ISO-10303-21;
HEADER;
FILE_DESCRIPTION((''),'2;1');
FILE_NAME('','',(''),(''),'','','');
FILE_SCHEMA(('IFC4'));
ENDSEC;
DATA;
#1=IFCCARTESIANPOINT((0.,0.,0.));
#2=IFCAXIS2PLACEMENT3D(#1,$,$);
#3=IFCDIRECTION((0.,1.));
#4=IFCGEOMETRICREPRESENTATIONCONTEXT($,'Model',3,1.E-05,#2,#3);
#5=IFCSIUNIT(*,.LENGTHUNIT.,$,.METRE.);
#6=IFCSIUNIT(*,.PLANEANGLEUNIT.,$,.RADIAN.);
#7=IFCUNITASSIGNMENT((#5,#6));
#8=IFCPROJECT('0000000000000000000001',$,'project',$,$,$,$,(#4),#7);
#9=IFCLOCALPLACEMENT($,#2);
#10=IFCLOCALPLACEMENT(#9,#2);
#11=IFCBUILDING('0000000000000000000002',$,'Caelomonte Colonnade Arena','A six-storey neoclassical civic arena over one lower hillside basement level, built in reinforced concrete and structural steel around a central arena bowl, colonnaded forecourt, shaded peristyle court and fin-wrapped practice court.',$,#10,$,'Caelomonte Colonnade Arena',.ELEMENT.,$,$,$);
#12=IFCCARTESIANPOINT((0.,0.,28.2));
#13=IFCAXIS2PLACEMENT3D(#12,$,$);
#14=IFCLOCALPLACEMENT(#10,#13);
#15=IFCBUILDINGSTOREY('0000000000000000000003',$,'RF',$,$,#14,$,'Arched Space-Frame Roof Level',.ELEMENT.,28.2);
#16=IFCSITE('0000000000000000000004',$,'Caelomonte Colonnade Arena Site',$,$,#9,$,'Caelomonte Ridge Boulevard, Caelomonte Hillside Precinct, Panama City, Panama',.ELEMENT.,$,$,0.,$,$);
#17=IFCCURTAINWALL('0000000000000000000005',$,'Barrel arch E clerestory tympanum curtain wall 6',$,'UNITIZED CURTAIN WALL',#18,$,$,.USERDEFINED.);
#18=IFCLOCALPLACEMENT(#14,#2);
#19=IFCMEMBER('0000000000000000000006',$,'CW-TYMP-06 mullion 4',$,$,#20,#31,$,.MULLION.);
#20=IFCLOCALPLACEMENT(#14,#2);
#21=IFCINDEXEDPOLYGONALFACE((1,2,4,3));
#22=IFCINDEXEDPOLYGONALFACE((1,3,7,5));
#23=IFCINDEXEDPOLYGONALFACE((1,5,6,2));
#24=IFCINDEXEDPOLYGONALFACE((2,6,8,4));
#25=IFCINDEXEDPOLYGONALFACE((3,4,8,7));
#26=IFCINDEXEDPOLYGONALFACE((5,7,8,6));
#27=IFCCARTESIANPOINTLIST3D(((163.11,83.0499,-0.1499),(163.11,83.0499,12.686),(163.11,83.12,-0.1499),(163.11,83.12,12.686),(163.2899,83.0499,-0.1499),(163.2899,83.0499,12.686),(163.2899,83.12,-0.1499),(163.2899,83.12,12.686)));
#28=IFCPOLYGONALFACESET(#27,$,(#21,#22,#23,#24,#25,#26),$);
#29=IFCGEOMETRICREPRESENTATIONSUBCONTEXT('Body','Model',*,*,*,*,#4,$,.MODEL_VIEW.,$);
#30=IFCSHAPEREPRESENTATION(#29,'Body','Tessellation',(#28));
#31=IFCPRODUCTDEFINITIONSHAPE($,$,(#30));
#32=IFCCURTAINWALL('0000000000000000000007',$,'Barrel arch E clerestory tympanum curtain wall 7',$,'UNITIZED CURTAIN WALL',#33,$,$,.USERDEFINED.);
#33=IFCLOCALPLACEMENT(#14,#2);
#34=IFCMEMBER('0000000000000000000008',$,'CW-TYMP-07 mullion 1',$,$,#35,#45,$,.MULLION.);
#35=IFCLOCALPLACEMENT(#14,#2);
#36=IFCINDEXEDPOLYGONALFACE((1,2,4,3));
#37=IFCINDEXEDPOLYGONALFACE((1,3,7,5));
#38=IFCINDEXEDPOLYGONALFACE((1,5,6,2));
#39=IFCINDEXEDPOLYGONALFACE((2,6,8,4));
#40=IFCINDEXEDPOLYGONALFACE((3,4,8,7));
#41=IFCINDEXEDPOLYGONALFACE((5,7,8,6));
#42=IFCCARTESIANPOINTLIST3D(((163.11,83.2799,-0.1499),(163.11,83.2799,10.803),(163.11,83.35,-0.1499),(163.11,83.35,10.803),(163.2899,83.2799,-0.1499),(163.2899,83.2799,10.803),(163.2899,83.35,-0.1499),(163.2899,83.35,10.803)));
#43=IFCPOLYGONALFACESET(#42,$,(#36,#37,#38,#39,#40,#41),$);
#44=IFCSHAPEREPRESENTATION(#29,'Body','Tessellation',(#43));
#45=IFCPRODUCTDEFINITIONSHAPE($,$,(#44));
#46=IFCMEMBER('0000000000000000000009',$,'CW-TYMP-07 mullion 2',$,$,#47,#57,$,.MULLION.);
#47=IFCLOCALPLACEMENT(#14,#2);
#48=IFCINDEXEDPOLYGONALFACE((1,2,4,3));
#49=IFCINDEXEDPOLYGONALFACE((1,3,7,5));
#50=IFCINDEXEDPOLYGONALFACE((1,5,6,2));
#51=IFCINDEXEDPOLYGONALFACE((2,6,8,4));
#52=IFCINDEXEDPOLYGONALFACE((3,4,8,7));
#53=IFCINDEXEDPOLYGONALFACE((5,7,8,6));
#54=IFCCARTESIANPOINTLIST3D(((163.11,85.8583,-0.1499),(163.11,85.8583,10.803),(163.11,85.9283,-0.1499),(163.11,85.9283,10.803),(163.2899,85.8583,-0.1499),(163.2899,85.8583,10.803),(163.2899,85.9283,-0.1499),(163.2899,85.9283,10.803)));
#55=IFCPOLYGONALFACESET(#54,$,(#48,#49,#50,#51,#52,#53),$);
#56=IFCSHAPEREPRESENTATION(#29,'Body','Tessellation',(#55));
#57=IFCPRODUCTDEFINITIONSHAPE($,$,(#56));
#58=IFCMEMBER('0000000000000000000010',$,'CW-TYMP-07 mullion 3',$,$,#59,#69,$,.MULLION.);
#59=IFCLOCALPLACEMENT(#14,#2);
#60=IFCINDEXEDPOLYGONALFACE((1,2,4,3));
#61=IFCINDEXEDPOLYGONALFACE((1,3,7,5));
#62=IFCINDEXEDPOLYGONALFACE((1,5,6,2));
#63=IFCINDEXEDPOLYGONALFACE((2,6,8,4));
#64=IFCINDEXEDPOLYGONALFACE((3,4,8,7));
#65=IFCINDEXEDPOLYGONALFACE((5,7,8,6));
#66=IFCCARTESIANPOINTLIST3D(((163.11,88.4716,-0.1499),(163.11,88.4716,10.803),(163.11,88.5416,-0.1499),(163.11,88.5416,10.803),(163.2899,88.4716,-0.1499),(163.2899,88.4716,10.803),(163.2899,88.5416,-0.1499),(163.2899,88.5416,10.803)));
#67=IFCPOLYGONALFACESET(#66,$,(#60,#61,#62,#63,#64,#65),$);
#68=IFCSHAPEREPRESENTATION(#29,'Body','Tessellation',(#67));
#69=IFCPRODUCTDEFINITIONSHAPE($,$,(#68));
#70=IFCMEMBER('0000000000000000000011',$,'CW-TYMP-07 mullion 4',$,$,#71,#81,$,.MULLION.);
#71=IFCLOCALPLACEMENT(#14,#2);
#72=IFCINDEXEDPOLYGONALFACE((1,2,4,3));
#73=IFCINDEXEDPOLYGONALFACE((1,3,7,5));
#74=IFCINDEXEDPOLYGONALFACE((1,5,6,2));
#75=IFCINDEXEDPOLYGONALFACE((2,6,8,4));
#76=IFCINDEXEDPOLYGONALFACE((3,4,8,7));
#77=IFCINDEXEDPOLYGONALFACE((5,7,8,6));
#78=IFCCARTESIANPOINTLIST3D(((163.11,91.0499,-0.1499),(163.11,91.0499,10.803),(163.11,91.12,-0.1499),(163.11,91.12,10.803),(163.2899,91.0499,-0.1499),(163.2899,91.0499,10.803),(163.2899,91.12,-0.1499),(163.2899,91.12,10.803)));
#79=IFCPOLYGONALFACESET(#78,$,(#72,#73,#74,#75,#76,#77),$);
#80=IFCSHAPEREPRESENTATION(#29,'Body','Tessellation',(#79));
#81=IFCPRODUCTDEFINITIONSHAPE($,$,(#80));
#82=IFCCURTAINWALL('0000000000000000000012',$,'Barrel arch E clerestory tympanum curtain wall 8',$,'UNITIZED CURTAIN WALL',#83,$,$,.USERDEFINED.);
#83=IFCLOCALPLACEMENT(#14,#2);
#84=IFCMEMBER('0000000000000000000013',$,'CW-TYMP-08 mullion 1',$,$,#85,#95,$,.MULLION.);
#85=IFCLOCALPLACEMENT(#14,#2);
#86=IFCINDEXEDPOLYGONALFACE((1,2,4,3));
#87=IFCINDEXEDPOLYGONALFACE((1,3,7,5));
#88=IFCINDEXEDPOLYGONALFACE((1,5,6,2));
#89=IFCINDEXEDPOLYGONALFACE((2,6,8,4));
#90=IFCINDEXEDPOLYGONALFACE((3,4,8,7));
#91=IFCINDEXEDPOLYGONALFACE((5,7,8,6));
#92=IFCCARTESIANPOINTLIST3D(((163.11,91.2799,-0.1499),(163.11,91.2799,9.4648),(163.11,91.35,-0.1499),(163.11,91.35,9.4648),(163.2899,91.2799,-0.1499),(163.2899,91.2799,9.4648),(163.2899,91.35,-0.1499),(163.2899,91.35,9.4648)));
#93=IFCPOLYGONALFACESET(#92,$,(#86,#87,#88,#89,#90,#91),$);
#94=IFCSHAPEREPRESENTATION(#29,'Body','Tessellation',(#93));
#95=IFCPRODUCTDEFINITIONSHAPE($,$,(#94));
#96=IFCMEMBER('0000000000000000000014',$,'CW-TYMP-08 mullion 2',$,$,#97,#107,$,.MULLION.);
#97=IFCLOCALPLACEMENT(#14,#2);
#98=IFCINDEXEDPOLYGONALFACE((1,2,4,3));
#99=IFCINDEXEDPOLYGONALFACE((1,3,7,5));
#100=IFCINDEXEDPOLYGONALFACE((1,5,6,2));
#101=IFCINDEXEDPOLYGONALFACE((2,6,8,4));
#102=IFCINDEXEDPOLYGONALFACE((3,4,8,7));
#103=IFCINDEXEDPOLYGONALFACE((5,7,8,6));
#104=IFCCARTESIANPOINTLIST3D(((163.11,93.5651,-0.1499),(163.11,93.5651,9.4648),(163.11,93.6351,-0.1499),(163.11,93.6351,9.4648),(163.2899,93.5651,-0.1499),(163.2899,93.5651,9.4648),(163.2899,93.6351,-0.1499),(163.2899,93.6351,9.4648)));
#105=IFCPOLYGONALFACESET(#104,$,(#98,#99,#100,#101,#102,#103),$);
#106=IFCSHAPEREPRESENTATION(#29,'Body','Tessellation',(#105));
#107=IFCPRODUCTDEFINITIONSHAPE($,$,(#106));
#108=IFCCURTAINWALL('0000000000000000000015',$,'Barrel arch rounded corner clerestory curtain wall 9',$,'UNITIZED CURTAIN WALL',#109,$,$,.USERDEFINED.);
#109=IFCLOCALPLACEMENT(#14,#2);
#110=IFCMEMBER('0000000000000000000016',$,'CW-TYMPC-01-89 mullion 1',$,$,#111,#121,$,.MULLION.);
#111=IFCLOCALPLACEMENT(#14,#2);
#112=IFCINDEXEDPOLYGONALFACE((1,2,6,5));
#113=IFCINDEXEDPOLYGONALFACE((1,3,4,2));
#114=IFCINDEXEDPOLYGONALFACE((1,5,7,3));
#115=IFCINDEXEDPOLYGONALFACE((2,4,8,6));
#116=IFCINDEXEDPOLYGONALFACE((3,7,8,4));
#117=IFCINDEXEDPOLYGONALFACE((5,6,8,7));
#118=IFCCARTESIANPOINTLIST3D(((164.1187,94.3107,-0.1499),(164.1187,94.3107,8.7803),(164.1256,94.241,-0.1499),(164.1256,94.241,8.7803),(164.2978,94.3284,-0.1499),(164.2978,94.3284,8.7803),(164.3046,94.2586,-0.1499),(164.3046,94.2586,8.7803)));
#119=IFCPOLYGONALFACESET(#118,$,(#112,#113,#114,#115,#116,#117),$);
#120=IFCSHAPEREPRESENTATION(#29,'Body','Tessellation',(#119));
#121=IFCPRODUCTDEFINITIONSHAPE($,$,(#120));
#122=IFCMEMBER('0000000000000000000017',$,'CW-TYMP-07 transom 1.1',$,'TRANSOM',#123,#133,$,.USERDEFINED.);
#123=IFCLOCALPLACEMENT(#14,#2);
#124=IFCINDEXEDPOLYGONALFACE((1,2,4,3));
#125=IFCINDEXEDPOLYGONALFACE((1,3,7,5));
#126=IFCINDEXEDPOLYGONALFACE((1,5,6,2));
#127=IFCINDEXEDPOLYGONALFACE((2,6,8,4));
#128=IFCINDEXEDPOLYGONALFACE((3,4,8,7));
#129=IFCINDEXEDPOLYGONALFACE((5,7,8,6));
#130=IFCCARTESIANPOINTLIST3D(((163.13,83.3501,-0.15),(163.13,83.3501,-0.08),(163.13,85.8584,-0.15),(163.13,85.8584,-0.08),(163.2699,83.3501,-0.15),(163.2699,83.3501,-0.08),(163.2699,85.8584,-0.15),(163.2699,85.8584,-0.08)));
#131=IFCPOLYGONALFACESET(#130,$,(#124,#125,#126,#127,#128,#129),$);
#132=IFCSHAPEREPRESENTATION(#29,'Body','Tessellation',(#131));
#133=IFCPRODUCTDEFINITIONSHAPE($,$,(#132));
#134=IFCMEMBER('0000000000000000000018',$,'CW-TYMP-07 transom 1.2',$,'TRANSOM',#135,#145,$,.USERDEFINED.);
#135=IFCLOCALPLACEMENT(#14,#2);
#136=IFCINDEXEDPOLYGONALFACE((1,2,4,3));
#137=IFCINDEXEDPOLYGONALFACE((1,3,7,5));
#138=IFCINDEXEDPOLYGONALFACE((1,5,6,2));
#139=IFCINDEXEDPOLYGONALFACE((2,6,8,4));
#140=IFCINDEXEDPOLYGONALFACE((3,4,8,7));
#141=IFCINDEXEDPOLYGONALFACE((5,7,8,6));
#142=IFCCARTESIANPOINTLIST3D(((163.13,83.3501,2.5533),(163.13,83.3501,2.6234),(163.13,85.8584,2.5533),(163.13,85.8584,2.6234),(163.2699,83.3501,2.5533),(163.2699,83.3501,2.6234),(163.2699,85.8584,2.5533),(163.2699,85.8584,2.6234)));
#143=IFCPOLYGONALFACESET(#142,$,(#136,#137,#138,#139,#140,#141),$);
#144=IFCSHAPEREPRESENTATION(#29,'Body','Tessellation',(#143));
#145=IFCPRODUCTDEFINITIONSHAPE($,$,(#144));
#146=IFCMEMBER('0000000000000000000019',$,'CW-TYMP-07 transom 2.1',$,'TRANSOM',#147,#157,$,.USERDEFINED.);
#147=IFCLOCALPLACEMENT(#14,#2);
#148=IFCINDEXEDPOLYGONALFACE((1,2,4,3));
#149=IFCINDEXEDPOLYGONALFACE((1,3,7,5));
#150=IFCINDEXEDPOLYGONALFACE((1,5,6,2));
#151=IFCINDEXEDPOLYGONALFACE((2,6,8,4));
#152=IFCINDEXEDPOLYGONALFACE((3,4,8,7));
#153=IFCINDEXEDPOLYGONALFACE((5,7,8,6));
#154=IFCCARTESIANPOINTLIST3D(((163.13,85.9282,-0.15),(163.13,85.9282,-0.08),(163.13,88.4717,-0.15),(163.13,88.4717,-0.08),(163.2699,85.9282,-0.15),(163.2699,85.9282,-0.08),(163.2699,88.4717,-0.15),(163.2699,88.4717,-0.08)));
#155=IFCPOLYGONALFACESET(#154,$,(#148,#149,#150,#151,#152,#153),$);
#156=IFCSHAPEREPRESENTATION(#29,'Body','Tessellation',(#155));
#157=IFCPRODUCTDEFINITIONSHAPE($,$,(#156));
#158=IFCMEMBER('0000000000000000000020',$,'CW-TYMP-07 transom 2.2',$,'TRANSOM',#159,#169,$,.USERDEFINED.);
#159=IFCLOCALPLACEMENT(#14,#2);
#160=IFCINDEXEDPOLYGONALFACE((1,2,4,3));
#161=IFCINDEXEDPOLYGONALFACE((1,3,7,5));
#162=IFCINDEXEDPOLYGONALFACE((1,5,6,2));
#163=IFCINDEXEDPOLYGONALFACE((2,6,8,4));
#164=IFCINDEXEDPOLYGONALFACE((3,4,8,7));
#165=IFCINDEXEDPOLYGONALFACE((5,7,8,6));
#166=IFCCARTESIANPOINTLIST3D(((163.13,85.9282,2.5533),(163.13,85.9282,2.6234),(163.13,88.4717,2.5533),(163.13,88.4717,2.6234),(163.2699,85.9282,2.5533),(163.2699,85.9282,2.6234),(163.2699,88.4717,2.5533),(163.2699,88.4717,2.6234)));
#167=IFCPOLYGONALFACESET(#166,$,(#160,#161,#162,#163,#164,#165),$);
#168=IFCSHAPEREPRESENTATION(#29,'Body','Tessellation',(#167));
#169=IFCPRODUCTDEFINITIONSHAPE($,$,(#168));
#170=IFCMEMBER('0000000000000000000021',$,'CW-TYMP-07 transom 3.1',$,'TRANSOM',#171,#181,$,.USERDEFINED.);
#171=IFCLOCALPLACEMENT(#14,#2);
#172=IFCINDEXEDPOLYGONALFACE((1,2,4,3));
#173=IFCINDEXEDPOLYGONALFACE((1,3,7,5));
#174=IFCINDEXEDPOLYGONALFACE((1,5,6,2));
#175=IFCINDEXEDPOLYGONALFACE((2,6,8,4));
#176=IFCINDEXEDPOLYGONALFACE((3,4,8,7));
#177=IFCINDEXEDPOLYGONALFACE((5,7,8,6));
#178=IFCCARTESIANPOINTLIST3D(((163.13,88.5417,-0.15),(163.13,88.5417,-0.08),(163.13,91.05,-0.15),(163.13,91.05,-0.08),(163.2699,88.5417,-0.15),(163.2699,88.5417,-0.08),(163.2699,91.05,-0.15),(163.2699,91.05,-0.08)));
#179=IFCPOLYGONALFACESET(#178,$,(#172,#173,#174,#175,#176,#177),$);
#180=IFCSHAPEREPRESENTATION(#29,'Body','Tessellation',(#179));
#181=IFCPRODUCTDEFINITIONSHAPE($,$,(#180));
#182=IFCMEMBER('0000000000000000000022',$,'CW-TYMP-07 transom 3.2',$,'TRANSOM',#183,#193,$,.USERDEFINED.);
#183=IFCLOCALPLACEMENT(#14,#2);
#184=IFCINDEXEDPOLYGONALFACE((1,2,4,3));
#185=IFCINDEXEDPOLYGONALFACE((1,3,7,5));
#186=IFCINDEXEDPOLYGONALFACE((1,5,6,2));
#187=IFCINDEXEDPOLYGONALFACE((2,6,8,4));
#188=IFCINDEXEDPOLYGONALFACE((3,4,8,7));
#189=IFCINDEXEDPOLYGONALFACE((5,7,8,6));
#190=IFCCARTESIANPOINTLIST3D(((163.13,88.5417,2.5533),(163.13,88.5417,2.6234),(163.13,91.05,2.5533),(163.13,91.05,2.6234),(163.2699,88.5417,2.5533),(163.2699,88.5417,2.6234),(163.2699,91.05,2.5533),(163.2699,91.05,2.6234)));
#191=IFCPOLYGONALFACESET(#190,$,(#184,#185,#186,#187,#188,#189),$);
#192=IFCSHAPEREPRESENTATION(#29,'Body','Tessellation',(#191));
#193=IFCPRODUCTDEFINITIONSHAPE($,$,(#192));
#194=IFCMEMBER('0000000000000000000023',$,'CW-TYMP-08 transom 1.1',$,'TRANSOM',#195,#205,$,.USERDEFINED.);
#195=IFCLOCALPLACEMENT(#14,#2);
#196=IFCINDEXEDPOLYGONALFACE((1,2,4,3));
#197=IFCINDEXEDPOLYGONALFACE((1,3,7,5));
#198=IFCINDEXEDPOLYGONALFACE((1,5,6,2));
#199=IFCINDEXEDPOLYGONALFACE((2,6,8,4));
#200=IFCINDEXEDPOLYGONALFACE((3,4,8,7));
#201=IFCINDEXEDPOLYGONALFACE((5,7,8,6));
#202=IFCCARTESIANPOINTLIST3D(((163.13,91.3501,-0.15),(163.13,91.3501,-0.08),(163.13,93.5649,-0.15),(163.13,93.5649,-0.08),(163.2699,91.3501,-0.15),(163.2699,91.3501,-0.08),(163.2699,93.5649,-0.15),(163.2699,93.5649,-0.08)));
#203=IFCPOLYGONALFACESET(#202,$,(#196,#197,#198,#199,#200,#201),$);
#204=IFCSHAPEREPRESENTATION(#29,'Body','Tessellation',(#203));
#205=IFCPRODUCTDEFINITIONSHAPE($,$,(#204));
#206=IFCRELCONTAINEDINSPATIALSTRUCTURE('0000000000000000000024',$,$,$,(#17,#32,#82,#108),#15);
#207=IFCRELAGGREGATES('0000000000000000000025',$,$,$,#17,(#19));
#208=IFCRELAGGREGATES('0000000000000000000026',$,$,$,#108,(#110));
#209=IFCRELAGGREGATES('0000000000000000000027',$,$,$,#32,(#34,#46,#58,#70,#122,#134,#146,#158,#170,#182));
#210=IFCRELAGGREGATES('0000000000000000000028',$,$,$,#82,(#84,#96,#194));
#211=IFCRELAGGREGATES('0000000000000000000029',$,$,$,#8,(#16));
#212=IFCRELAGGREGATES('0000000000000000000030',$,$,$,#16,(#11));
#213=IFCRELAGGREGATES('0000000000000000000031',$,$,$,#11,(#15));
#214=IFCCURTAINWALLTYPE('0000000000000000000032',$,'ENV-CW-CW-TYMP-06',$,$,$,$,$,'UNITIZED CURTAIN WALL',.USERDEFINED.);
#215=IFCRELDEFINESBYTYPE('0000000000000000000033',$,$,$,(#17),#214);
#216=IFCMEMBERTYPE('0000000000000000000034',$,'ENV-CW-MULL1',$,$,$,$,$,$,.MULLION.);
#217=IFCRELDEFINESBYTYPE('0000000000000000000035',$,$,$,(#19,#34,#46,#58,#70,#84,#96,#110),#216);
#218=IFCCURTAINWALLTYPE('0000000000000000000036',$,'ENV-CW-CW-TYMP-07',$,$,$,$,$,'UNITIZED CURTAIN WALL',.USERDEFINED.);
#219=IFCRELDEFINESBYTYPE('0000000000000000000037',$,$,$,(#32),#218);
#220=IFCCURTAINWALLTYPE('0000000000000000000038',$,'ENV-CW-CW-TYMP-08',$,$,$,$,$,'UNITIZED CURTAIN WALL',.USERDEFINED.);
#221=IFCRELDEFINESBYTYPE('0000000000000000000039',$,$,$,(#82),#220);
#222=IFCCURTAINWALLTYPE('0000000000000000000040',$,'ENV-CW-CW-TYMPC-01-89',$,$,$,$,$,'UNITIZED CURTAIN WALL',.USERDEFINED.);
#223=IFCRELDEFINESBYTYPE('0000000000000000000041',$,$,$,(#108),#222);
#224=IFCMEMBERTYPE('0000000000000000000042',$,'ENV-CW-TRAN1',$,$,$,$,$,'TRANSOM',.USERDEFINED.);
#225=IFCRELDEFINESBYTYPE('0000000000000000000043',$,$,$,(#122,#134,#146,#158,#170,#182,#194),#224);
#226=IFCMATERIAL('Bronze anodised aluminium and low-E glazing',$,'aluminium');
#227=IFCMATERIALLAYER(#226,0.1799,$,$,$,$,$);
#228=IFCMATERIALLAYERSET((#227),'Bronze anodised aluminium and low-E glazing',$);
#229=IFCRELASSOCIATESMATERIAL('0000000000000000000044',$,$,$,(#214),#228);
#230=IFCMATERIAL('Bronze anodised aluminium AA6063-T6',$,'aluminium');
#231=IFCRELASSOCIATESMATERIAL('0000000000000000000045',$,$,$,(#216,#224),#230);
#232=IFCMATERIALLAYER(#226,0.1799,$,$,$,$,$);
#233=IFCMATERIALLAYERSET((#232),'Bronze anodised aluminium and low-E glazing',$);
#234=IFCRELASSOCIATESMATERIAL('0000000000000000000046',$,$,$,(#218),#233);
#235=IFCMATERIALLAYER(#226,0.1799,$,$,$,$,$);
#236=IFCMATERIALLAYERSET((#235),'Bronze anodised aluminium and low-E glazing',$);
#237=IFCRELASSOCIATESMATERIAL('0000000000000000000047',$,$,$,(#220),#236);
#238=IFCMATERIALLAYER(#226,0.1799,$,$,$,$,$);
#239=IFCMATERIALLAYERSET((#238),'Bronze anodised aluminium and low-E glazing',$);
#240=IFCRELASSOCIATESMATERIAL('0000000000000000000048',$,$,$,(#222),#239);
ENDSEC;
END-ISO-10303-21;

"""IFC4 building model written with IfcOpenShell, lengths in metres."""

from ifc_helpers import new_model, si_unit, direction, frame, origin, origin_2d, place, context, subcontext, project, spatial, rectangle, extrude, material, layer, layer_set, material_profile, profile_set, type_object, element, aggregate, save


model = new_model("IFC4")

# Units and contexts
model_context = context("Model", 3, precision=1e-05, world=origin(), true_north=direction((0.0, 1.0)))
body_context = subcontext(model_context, "Body", "Model", "MODEL_VIEW")
ifc_project = project(units=[si_unit("LENGTHUNIT", "METRE"), si_unit("PLANEANGLEUNIT", "RADIAN")], contexts=[model_context])

# Site, building, storey
site_placement = place(None, origin())
site = spatial("IfcSite", under=ifc_project, at=site_placement, Name="Caelomonte Colonnade Arena Site", LongName="Caelomonte Ridge Boulevard, Caelomonte Hillside Precinct, Panama City, Panama", CompositionType="ELEMENT", RefElevation=0.0)
building_placement = place(site_placement, origin())
building = spatial("IfcBuilding", under=site, at=building_placement, Name="Caelomonte Colonnade Arena", Description="A six-storey neoclassical civic arena over one lower hillside basement level, built in reinforced concrete and structural steel around a central arena bowl, colonnaded forecourt, shaded peristyle court and fin-wrapped practice court.", LongName="Caelomonte Colonnade Arena", CompositionType="ELEMENT")
storey_placement = place(building_placement, frame((0.0, 0.0, 28.2)))
storey = spatial("IfcBuildingStorey", under=building, at=storey_placement, Name="RF", LongName="Arched Space-Frame Roof Level", CompositionType="ELEMENT", Elevation=28.2)

# Curtain wall, member
ifc_material_1 = material(Name="Bronze anodised aluminium and low-E glazing", Category="aluminium")
ifc_layer_1 = layer(ifc_material_1, 0.1799)
ifc_layer_set_1 = layer_set([ifc_layer_1], Name="Bronze anodised aluminium and low-E glazing")
curtain_wall_type_1 = type_object("IfcCurtainWallType", Name="ENV-CW-CW-TYMP-06", ElementType="UNITIZED CURTAIN WALL", PredefinedType="USERDEFINED", material=ifc_layer_set_1)
curtain_wall_1_placement = place(storey_placement, origin())
curtain_wall_1 = element("IfcCurtainWall", 1, at=curtain_wall_1_placement, inside=storey, type_object=curtain_wall_type_1, Name="Barrel arch E clerestory tympanum curtain wall 6", ObjectType="UNITIZED CURTAIN WALL", PredefinedType="USERDEFINED")
ifc_material_2 = material(Name="Bronze anodised aluminium AA6063-T6", Category="aluminium")
ifc_material_profile_1 = material_profile(ifc_material_2, rectangle(XDim=0.0701, YDim=0.1799, at=origin_2d()), Name="CWM-70X180")
ifc_profile_set_1 = profile_set([ifc_material_profile_1], Name="Bronze anodised aluminium AA6063-T6")
member_type_1 = type_object("IfcMemberType", Name="ENV-CW-MULL1", PredefinedType="MULLION", material=ifc_profile_set_1)
member_1_placement = place(storey_placement, frame((163.2, 83.085, -0.1499), z_axis=(0.0, 0.0, 1.0), x_axis=(0.0, 1.0, 0.0)))
member_1 = element("IfcMember", 2, at=member_1_placement, type_object=member_type_1, Name="CW-TYMP-06 mullion 4", PredefinedType="MULLION", context=body_context, shape_type="SweptSolid", body=[
    extrude(rectangle(XDim=0.0701, YDim=0.1799, at=origin_2d()), origin(), (0.0, 0.0, 1.0), 12.8359),
])
aggregate(curtain_wall_1, [member_1])

# Curtain walls, members
ifc_layer_2 = layer(ifc_material_1, 0.1799)
ifc_layer_set_2 = layer_set([ifc_layer_2], Name="Bronze anodised aluminium and low-E glazing")
curtain_wall_type_2 = type_object("IfcCurtainWallType", Name="ENV-CW-CW-TYMP-07", ElementType="UNITIZED CURTAIN WALL", PredefinedType="USERDEFINED", material=ifc_layer_set_2)
curtain_wall_2_placement = place(storey_placement, origin())
curtain_wall_2 = element("IfcCurtainWall", 3, at=curtain_wall_2_placement, inside=storey, type_object=curtain_wall_type_2, Name="Barrel arch E clerestory tympanum curtain wall 7", ObjectType="UNITIZED CURTAIN WALL", PredefinedType="USERDEFINED")
member_2_placement = place(storey_placement, frame((163.2, 83.3149, -0.1499), z_axis=(0.0, 0.0, 1.0), x_axis=(0.0, 1.0, 0.0)))
member_2 = element("IfcMember", 4, at=member_2_placement, type_object=member_type_1, Name="CW-TYMP-07 mullion 1", PredefinedType="MULLION", context=body_context, shape_type="SweptSolid", body=[
    extrude(rectangle(XDim=0.0701, YDim=0.1799, at=origin_2d()), origin(), (0.0, 0.0, 1.0), 10.9529),
])
member_3_placement = place(storey_placement, frame((163.2, 85.8933, -0.1499), z_axis=(0.0, 0.0, 1.0), x_axis=(0.0, 1.0, 0.0)))
member_3 = element("IfcMember", 5, at=member_3_placement, type_object=member_type_1, Name="CW-TYMP-07 mullion 2", PredefinedType="MULLION", context=body_context, shape_type="SweptSolid", body=[
    extrude(rectangle(XDim=0.0701, YDim=0.1799, at=origin_2d()), origin(), (0.0, 0.0, 1.0), 10.9529),
])
member_4_placement = place(storey_placement, frame((163.2, 88.5066, -0.1499), z_axis=(0.0, 0.0, 1.0), x_axis=(0.0, 1.0, 0.0)))
member_4 = element("IfcMember", 6, at=member_4_placement, type_object=member_type_1, Name="CW-TYMP-07 mullion 3", PredefinedType="MULLION", context=body_context, shape_type="SweptSolid", body=[
    extrude(rectangle(XDim=0.0701, YDim=0.1799, at=origin_2d()), origin(), (0.0, 0.0, 1.0), 10.9529),
])
member_5_placement = place(storey_placement, frame((163.2, 91.085, -0.1499), z_axis=(0.0, 0.0, 1.0), x_axis=(0.0, 1.0, 0.0)))
member_5 = element("IfcMember", 7, at=member_5_placement, type_object=member_type_1, Name="CW-TYMP-07 mullion 4", PredefinedType="MULLION", context=body_context, shape_type="SweptSolid", body=[
    extrude(rectangle(XDim=0.0701, YDim=0.1799, at=origin_2d()), origin(), (0.0, 0.0, 1.0), 10.9529),
])
ifc_layer_3 = layer(ifc_material_1, 0.1799)
ifc_layer_set_3 = layer_set([ifc_layer_3], Name="Bronze anodised aluminium and low-E glazing")
curtain_wall_type_3 = type_object("IfcCurtainWallType", Name="ENV-CW-CW-TYMP-08", ElementType="UNITIZED CURTAIN WALL", PredefinedType="USERDEFINED", material=ifc_layer_set_3)
curtain_wall_3_placement = place(storey_placement, origin())
curtain_wall_3 = element("IfcCurtainWall", 8, at=curtain_wall_3_placement, inside=storey, type_object=curtain_wall_type_3, Name="Barrel arch E clerestory tympanum curtain wall 8", ObjectType="UNITIZED CURTAIN WALL", PredefinedType="USERDEFINED")
member_6_placement = place(storey_placement, frame((163.2, 91.3149, -0.1499), z_axis=(0.0, 0.0, 1.0), x_axis=(0.0, 1.0, 0.0)))
member_6 = element("IfcMember", 9, at=member_6_placement, type_object=member_type_1, Name="CW-TYMP-08 mullion 1", PredefinedType="MULLION", context=body_context, shape_type="SweptSolid", body=[
    extrude(rectangle(XDim=0.0701, YDim=0.1799, at=origin_2d()), origin(), (0.0, 0.0, 1.0), 9.6147),
])
member_7_placement = place(storey_placement, frame((163.2, 93.6001, -0.1499), z_axis=(0.0, 0.0, 1.0), x_axis=(0.0, 1.0, 0.0)))
member_7 = element("IfcMember", 10, at=member_7_placement, type_object=member_type_1, Name="CW-TYMP-08 mullion 2", PredefinedType="MULLION", context=body_context, shape_type="SweptSolid", body=[
    extrude(rectangle(XDim=0.0701, YDim=0.1799, at=origin_2d()), origin(), (0.0, 0.0, 1.0), 9.6147),
])

# Curtain wall, member
ifc_layer_4 = layer(ifc_material_1, 0.1799)
ifc_layer_set_4 = layer_set([ifc_layer_4], Name="Bronze anodised aluminium and low-E glazing")
curtain_wall_type_4 = type_object("IfcCurtainWallType", Name="ENV-CW-CW-TYMPC-01-89", ElementType="UNITIZED CURTAIN WALL", PredefinedType="USERDEFINED", material=ifc_layer_set_4)
curtain_wall_4_placement = place(storey_placement, origin())
curtain_wall_4 = element("IfcCurtainWall", 11, at=curtain_wall_4_placement, inside=storey, type_object=curtain_wall_type_4, Name="Barrel arch rounded corner clerestory curtain wall 9", ObjectType="UNITIZED CURTAIN WALL", PredefinedType="USERDEFINED")
member_8_placement = place(storey_placement, frame((164.2117, 94.2847, -0.1499), z_axis=(0.0, 0.0, 1.0), x_axis=(-0.098031, 0.995183, 0.0)))
member_8 = element("IfcMember", 12, at=member_8_placement, type_object=member_type_1, Name="CW-TYMPC-01-89 mullion 1", PredefinedType="MULLION", context=body_context, shape_type="SweptSolid", body=[
    extrude(rectangle(XDim=0.0701, YDim=0.1799, at=origin_2d()), origin(), (0.0, 0.0, 1.0), 8.9302),
])

# Members
ifc_material_profile_2 = material_profile(ifc_material_2, rectangle(XDim=0.0701, YDim=0.1399, at=origin_2d()), Name="CWT-70X140")
ifc_profile_set_2 = profile_set([ifc_material_profile_2], Name="Bronze anodised aluminium AA6063-T6")
member_type_2 = type_object("IfcMemberType", Name="ENV-CW-TRAN1", ElementType="TRANSOM", PredefinedType="USERDEFINED", material=ifc_profile_set_2)
member_9_placement = place(storey_placement, frame((163.2, 83.3501, -0.115), z_axis=(0.0, 1.0, 0.0), x_axis=(0.0, 0.0, 1.0)))
member_9 = element("IfcMember", 13, at=member_9_placement, type_object=member_type_2, Name="CW-TYMP-07 transom 1.1", ObjectType="TRANSOM", PredefinedType="USERDEFINED", context=body_context, shape_type="SweptSolid", body=[
    extrude(rectangle(XDim=0.0701, YDim=0.1399, at=origin_2d()), origin(), (0.0, 0.0, 1.0), 2.5083),
])
member_10_placement = place(storey_placement, frame((163.2, 83.3501, 2.5884), z_axis=(0.0, 1.0, 0.0), x_axis=(0.0, 0.0, 1.0)))
member_10 = element("IfcMember", 14, at=member_10_placement, type_object=member_type_2, Name="CW-TYMP-07 transom 1.2", ObjectType="TRANSOM", PredefinedType="USERDEFINED", context=body_context, shape_type="SweptSolid", body=[
    extrude(rectangle(XDim=0.0701, YDim=0.1399, at=origin_2d()), origin(), (0.0, 0.0, 1.0), 2.5083),
])
member_11_placement = place(storey_placement, frame((163.2, 85.9282, -0.115), z_axis=(0.0, 1.0, 0.0), x_axis=(0.0, 0.0, 1.0)))
member_11 = element("IfcMember", 15, at=member_11_placement, type_object=member_type_2, Name="CW-TYMP-07 transom 2.1", ObjectType="TRANSOM", PredefinedType="USERDEFINED", context=body_context, shape_type="SweptSolid", body=[
    extrude(rectangle(XDim=0.0701, YDim=0.1399, at=origin_2d()), origin(), (0.0, 0.0, 1.0), 2.5435),
])
member_12_placement = place(storey_placement, frame((163.2, 85.9282, 2.5884), z_axis=(0.0, 1.0, 0.0), x_axis=(0.0, 0.0, 1.0)))
member_12 = element("IfcMember", 16, at=member_12_placement, type_object=member_type_2, Name="CW-TYMP-07 transom 2.2", ObjectType="TRANSOM", PredefinedType="USERDEFINED", context=body_context, shape_type="SweptSolid", body=[
    extrude(rectangle(XDim=0.0701, YDim=0.1399, at=origin_2d()), origin(), (0.0, 0.0, 1.0), 2.5435),
])
member_13_placement = place(storey_placement, frame((163.2, 88.5417, -0.115), z_axis=(0.0, 1.0, 0.0), x_axis=(0.0, 0.0, 1.0)))
member_13 = element("IfcMember", 17, at=member_13_placement, type_object=member_type_2, Name="CW-TYMP-07 transom 3.1", ObjectType="TRANSOM", PredefinedType="USERDEFINED", context=body_context, shape_type="SweptSolid", body=[
    extrude(rectangle(XDim=0.0701, YDim=0.1399, at=origin_2d()), origin(), (0.0, 0.0, 1.0), 2.5083),
])
member_14_placement = place(storey_placement, frame((163.2, 88.5417, 2.5884), z_axis=(0.0, 1.0, 0.0), x_axis=(0.0, 0.0, 1.0)))
member_14 = element("IfcMember", 18, at=member_14_placement, type_object=member_type_2, Name="CW-TYMP-07 transom 3.2", ObjectType="TRANSOM", PredefinedType="USERDEFINED", context=body_context, shape_type="SweptSolid", body=[
    extrude(rectangle(XDim=0.0701, YDim=0.1399, at=origin_2d()), origin(), (0.0, 0.0, 1.0), 2.5083),
])
member_15_placement = place(storey_placement, frame((163.2, 91.3501, -0.115), z_axis=(0.0, 1.0, 0.0), x_axis=(0.0, 0.0, 1.0)))
member_15 = element("IfcMember", 19, at=member_15_placement, type_object=member_type_2, Name="CW-TYMP-08 transom 1.1", ObjectType="TRANSOM", PredefinedType="USERDEFINED", context=body_context, shape_type="SweptSolid", body=[
    extrude(rectangle(XDim=0.0701, YDim=0.1399, at=origin_2d()), origin(), (0.0, 0.0, 1.0), 2.2148),
])
aggregate(curtain_wall_4, [member_8])

aggregate(curtain_wall_2, [member_2, member_3, member_4, member_5, member_9, member_10, member_11, member_12, member_13, member_14])
aggregate(curtain_wall_3, [member_6, member_7, member_15])

save(model, "model.ifc")
